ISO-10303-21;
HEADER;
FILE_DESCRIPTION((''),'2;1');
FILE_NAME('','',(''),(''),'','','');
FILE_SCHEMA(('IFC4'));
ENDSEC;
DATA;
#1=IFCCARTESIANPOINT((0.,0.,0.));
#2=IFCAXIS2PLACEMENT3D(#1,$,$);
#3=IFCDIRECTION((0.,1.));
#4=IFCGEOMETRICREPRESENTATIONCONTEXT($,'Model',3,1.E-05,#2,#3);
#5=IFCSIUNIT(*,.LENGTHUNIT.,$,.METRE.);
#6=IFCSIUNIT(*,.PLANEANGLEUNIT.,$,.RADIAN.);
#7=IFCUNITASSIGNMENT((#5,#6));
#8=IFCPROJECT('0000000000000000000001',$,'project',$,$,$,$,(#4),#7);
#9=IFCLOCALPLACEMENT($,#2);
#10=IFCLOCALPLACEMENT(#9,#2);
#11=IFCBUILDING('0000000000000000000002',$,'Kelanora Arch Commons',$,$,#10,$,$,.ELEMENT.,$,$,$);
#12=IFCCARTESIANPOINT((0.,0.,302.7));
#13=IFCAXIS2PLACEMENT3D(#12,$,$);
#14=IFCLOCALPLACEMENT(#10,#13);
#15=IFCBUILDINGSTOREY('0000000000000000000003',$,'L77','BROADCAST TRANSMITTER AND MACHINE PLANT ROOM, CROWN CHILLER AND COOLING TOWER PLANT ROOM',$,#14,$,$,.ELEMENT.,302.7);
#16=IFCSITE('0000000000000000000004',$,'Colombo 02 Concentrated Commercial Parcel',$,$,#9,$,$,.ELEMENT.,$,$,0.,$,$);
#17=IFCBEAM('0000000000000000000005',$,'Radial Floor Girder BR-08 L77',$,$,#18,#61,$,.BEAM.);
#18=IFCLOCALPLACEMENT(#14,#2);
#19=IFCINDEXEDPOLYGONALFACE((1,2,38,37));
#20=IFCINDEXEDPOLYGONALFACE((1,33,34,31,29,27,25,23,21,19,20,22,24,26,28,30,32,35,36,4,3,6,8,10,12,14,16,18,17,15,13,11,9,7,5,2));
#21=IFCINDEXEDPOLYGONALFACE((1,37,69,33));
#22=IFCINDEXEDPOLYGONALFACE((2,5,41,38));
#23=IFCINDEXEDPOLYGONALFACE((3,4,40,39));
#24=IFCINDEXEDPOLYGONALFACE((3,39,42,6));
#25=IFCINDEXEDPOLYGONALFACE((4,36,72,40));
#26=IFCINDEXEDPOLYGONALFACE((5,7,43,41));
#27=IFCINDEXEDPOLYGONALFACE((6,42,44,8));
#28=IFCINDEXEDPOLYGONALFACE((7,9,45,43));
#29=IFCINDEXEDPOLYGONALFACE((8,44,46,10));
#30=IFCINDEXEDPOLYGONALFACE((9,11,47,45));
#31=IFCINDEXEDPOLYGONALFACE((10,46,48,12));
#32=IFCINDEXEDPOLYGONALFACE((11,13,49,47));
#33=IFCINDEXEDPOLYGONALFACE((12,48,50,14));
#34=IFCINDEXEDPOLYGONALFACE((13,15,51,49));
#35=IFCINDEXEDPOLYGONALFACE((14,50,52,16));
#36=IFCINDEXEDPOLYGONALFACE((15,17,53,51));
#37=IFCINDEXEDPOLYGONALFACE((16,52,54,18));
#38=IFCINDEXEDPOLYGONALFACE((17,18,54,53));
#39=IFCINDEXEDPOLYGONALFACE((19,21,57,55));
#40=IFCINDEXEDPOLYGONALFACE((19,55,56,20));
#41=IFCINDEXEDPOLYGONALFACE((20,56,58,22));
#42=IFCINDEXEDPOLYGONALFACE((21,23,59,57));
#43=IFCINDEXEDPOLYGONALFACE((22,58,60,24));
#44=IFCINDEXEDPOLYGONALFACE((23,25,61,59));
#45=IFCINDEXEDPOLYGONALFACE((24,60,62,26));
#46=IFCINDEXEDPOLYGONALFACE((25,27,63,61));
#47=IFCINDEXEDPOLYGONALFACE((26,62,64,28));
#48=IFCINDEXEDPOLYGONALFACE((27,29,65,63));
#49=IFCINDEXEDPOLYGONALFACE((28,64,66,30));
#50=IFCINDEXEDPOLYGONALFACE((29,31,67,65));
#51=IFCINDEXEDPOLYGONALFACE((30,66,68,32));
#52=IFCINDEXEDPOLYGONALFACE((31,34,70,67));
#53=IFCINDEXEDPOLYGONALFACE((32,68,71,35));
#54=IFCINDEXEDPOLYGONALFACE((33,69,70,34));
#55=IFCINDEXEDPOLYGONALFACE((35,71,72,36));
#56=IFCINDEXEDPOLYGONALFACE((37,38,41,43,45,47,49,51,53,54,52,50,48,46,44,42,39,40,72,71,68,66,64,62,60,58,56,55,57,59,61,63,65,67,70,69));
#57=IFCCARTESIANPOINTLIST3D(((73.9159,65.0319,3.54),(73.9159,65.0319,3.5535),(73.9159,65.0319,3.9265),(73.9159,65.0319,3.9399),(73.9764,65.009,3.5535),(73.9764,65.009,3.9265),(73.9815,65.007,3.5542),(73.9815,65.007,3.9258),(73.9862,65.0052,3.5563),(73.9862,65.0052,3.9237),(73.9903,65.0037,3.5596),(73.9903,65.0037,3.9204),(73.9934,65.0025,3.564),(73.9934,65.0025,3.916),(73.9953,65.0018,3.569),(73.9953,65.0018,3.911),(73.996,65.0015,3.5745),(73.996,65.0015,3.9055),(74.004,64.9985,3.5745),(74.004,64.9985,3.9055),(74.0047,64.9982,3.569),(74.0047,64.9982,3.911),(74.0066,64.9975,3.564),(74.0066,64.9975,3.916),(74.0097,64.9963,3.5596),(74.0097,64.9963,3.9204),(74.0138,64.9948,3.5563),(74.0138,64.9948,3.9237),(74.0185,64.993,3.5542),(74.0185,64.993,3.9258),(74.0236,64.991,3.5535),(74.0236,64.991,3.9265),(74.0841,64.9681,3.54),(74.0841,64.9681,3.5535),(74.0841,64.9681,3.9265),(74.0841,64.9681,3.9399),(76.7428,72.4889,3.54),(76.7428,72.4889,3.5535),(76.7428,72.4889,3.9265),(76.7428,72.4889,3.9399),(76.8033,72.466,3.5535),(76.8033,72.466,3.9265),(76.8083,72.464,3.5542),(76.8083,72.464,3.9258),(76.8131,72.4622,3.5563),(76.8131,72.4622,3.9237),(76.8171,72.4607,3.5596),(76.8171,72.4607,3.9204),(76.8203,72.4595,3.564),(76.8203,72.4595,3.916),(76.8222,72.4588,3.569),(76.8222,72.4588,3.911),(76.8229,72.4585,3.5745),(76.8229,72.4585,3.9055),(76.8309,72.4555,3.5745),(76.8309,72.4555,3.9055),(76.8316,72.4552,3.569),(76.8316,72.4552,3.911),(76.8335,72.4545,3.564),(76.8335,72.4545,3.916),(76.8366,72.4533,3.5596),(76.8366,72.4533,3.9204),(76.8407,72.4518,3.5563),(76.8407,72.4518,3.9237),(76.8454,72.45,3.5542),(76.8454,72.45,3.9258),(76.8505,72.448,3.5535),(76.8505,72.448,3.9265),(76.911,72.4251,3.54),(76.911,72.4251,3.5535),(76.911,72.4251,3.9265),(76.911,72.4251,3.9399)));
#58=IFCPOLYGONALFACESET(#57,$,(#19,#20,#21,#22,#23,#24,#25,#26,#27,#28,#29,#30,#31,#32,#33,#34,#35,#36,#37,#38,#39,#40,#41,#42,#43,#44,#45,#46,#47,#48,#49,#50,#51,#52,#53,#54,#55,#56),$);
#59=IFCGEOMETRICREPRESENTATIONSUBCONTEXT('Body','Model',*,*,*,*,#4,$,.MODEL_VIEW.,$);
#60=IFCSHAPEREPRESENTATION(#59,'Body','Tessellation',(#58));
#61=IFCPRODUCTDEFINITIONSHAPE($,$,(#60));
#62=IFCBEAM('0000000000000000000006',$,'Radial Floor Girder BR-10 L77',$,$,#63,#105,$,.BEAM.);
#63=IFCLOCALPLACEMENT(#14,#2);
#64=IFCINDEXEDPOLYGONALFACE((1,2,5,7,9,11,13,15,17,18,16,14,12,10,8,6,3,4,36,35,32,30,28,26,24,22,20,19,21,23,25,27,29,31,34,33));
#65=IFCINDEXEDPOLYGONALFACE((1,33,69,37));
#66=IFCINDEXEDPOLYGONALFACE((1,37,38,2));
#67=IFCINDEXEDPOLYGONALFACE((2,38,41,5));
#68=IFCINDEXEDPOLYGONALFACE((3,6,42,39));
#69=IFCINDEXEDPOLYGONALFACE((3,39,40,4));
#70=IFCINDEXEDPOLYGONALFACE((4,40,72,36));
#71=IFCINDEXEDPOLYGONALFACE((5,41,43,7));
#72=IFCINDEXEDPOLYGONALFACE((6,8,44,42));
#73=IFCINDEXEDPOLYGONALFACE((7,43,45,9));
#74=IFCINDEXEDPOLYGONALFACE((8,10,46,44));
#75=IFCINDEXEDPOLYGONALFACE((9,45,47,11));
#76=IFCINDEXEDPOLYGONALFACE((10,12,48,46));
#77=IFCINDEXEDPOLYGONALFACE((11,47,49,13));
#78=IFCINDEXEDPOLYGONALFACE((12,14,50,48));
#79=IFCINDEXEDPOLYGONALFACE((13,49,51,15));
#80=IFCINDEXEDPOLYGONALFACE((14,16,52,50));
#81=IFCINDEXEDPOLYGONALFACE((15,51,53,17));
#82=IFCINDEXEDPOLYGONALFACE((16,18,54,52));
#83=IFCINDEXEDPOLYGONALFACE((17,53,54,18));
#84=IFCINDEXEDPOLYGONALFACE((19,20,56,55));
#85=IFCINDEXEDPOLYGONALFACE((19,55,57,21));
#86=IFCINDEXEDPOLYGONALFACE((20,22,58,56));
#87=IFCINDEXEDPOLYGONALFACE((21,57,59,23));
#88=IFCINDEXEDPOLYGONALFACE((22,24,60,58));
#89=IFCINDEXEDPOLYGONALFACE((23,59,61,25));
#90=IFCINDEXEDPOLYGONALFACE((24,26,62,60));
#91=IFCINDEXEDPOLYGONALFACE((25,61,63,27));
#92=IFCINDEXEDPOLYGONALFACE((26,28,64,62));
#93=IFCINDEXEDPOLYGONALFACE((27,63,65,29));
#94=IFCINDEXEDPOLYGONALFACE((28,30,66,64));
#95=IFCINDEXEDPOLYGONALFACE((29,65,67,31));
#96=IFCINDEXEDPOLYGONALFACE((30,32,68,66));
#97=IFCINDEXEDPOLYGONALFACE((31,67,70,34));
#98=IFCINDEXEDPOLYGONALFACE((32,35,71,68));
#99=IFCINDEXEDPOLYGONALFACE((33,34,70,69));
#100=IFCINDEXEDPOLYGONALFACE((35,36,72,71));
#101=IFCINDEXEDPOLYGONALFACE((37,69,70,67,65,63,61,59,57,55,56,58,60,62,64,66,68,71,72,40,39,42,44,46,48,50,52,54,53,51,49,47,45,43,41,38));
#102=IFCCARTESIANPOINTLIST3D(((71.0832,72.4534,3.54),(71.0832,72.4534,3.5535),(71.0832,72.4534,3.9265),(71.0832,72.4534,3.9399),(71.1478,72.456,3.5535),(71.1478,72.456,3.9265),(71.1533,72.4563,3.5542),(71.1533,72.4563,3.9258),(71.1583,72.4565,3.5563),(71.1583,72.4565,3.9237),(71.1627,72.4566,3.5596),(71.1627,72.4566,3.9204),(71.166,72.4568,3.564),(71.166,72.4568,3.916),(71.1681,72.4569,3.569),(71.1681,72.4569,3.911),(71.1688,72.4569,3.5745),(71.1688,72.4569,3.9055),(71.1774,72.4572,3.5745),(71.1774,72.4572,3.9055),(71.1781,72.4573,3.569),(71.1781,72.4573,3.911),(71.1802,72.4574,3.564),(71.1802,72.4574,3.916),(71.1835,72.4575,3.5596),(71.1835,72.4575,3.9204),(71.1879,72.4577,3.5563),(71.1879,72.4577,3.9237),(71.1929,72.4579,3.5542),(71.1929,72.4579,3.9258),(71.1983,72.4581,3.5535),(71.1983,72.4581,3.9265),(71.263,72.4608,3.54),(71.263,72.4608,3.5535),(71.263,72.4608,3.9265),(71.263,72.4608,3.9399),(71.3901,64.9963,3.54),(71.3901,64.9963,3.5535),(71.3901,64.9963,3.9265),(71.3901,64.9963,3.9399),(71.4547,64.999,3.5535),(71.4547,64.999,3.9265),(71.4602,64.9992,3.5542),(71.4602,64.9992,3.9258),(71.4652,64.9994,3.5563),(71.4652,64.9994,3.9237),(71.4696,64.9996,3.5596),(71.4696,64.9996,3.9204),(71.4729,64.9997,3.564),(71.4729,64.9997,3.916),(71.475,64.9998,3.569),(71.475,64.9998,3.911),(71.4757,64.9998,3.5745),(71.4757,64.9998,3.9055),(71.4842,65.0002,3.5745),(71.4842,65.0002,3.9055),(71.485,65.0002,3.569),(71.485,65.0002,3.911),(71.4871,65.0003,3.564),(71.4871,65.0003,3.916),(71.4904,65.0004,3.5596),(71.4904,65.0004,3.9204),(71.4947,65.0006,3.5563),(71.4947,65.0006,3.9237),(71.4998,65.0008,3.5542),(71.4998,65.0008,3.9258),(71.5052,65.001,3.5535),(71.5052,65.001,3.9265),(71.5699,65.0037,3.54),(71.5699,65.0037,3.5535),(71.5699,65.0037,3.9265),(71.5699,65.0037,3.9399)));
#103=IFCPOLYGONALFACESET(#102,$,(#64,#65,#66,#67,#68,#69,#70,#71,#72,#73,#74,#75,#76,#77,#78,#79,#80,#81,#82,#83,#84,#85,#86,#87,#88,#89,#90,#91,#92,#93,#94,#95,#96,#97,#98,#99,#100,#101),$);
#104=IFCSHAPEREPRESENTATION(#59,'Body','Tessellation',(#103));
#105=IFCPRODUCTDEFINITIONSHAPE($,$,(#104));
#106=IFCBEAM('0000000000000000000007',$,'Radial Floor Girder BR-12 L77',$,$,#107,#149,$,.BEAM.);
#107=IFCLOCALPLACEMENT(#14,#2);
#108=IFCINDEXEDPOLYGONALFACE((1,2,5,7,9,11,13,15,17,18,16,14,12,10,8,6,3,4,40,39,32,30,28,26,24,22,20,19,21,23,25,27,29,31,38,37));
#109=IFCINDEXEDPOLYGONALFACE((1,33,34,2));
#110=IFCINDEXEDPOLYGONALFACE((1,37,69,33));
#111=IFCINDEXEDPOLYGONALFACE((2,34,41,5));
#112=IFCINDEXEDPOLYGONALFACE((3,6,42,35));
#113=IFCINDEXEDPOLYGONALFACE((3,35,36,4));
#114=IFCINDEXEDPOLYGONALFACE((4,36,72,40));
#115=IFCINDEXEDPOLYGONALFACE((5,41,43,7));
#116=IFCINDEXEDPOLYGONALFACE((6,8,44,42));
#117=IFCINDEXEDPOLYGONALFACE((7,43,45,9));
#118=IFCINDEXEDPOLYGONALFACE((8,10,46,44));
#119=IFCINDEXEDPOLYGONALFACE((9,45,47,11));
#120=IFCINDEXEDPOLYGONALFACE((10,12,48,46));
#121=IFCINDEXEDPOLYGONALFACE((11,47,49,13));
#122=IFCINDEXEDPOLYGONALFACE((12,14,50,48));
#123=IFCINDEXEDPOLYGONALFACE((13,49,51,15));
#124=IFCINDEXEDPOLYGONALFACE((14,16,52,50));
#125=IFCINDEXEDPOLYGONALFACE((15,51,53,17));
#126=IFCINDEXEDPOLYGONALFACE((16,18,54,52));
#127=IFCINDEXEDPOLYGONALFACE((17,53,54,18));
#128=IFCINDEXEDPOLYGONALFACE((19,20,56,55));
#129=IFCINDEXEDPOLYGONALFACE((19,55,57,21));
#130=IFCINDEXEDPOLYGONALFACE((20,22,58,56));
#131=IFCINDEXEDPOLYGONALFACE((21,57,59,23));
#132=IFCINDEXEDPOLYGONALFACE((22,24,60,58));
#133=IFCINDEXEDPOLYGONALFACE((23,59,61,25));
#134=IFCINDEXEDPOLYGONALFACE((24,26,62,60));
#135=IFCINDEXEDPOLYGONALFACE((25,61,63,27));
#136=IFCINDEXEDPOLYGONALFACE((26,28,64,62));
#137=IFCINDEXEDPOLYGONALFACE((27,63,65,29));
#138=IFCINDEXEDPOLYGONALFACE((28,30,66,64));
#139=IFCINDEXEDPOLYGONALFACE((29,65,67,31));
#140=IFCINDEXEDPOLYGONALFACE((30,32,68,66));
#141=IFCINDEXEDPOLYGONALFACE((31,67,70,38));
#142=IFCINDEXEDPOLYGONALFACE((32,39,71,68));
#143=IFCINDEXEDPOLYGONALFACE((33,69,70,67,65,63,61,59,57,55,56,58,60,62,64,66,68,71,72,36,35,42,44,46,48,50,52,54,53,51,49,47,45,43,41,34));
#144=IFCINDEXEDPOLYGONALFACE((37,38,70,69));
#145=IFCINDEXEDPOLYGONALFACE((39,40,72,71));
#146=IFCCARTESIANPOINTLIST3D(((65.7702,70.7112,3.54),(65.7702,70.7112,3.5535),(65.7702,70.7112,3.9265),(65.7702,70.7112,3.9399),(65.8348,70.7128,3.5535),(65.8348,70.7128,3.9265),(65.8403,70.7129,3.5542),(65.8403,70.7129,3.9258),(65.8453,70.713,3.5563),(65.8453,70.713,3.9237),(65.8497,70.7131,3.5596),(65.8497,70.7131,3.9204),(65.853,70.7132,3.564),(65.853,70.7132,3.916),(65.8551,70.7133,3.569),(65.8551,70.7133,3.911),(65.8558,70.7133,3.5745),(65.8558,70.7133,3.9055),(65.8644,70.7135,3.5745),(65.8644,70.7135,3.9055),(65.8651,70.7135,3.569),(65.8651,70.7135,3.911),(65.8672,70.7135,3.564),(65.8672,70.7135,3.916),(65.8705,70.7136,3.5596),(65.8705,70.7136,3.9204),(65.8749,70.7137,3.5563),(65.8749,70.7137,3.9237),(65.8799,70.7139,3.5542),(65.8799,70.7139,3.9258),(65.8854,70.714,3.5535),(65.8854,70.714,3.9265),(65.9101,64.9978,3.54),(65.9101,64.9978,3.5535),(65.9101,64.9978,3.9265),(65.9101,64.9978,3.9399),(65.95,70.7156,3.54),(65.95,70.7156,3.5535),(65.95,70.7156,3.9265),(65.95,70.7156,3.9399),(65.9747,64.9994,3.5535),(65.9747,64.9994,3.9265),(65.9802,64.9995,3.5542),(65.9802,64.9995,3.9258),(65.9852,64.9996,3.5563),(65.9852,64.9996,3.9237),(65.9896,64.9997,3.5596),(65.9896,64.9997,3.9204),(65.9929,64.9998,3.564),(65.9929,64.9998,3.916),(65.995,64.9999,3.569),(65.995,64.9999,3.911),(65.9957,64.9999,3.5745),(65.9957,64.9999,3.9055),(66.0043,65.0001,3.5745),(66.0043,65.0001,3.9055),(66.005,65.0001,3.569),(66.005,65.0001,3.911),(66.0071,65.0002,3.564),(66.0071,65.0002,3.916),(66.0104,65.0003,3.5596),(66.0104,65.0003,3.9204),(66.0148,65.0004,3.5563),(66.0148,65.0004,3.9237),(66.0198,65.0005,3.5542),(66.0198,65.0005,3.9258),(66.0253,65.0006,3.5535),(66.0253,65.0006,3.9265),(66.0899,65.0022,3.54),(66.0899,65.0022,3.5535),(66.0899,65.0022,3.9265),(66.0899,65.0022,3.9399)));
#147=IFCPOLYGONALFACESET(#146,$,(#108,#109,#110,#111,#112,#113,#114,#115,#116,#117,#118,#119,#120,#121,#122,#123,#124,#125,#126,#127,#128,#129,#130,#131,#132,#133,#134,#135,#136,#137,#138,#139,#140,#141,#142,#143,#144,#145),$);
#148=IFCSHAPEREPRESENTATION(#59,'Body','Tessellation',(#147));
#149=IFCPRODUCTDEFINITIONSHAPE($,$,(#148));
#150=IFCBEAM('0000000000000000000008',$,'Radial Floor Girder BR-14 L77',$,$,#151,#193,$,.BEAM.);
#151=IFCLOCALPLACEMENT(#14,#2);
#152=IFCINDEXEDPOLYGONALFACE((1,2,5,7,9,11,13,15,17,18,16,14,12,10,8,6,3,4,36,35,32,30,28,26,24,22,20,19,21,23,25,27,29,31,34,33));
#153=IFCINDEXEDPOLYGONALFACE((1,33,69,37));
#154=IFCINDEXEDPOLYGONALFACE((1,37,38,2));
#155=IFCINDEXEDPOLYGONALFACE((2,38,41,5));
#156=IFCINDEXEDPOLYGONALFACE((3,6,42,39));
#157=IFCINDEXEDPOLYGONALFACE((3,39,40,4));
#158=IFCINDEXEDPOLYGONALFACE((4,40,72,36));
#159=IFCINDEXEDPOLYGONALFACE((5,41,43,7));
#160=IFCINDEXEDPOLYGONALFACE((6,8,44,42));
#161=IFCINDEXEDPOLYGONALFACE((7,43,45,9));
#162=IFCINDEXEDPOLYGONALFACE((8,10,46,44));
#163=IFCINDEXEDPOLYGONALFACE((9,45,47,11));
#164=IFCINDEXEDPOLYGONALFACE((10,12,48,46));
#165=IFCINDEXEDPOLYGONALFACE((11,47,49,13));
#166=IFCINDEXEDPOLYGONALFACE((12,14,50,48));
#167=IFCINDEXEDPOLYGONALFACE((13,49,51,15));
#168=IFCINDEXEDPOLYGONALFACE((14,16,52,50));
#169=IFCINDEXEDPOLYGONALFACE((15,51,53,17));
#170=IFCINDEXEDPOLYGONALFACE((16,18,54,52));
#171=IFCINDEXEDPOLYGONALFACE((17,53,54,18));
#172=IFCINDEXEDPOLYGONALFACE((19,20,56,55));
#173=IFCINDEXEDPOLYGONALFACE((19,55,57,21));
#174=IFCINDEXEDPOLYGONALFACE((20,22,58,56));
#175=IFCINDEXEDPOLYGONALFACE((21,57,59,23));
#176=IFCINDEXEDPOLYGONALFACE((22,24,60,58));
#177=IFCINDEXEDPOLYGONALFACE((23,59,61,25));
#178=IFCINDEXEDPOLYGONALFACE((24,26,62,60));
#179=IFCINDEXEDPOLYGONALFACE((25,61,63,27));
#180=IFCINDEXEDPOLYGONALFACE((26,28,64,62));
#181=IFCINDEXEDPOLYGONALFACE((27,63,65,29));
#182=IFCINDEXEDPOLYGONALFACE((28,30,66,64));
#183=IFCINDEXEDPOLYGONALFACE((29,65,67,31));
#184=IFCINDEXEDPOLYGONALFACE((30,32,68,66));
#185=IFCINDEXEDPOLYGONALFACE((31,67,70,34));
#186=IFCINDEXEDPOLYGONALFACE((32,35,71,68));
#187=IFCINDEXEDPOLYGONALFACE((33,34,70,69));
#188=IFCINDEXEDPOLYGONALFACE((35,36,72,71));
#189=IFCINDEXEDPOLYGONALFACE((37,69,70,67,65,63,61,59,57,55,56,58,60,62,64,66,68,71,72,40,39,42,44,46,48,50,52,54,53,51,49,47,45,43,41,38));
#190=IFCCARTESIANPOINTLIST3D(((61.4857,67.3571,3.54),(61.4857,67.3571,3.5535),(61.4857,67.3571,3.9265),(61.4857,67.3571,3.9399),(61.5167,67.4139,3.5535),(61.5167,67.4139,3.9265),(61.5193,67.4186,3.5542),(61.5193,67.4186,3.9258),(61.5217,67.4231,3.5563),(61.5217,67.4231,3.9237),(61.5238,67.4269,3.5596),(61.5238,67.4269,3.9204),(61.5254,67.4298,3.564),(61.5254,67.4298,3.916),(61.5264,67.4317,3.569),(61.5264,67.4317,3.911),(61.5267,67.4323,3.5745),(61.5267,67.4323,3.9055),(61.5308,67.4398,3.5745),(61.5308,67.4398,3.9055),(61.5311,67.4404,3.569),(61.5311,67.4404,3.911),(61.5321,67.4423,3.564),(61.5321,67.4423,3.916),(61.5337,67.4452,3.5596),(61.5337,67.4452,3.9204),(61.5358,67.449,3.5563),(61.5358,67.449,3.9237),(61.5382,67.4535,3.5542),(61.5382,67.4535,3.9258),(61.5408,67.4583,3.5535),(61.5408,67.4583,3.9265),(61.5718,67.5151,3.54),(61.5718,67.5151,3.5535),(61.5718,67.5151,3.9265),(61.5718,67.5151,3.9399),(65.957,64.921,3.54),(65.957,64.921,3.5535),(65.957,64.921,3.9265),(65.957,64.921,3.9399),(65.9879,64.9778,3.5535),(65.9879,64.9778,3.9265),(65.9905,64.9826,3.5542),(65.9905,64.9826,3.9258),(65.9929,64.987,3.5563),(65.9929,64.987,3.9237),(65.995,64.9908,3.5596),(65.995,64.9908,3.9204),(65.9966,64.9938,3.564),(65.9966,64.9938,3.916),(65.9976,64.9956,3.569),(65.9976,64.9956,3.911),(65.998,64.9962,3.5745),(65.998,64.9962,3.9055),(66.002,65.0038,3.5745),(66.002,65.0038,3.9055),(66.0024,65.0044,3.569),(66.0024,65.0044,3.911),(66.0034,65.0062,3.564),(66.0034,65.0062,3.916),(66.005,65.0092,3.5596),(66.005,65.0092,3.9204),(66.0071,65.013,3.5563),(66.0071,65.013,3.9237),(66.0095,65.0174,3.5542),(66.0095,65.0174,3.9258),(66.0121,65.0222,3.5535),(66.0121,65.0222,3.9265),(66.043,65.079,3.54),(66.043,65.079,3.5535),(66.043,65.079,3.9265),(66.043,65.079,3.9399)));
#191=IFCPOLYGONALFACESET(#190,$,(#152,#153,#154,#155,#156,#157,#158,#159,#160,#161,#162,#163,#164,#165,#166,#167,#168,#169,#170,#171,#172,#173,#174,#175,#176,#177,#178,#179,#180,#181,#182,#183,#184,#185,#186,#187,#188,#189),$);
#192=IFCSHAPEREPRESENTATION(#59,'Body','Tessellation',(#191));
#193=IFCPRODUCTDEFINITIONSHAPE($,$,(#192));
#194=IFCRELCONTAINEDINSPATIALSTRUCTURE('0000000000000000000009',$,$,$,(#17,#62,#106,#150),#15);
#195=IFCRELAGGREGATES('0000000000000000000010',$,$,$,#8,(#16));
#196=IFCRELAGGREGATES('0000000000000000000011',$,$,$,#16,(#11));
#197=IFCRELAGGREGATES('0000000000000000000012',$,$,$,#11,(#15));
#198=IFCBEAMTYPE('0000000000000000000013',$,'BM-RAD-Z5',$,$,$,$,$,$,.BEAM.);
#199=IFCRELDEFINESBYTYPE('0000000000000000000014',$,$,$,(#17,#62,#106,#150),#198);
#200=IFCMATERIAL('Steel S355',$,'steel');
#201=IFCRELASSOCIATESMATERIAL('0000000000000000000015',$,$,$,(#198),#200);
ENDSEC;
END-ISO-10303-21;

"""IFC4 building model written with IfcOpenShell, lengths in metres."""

from ifc_helpers import new_model, si_unit, direction, frame, origin, origin_2d, place, context, subcontext, project, spatial, i_section, extrude, material, material_profile, profile_set, type_object, element, save


model = new_model("IFC4")

# Units and contexts
model_context = context("Model", 3, precision=1e-05, world=origin(), true_north=direction((0.0, 1.0)))
body_context = subcontext(model_context, "Body", "Model", "MODEL_VIEW")
ifc_project = project(units=[si_unit("LENGTHUNIT", "METRE"), si_unit("PLANEANGLEUNIT", "RADIAN")], contexts=[model_context])

# Site, building, storey
site_placement = place(None, origin())
site = spatial("IfcSite", under=ifc_project, at=site_placement, Name="Colombo 02 Concentrated Commercial Parcel", CompositionType="ELEMENT", RefElevation=0.0)
building_placement = place(site_placement, origin())
building = spatial("IfcBuilding", under=site, at=building_placement, Name="Kelanora Arch Commons", CompositionType="ELEMENT")
storey_placement = place(building_placement, frame((0.0, 0.0, 302.7)))
storey = spatial("IfcBuildingStorey", under=building, at=storey_placement, Name="L77", Description="BROADCAST TRANSMITTER AND MACHINE PLANT ROOM, CROWN CHILLER AND COOLING TOWER PLANT ROOM", CompositionType="ELEMENT", Elevation=302.7)

# Beams
ifc_material_1 = material(Name="Steel S355", Category="steel")
ifc_material_profile_1 = material_profile(ifc_material_1, i_section(OverallWidth=0.1799, OverallDepth=0.3999, WebThickness=0.0085, FlangeThickness=0.0134, FilletRadius=0.021, at=origin_2d()), Name="IPE400")
ifc_profile_set_1 = profile_set([ifc_material_profile_1], Name="Steel S355")
beam_type_1 = type_object("IfcBeamType", Name="BM-RAD-Z5", PredefinedType="BEAM", material=ifc_profile_set_1)
beam_1_placement = place(storey_placement, frame((74.0, 65.0, 3.74), z_axis=(0.354476, 0.935065, 0.0), x_axis=(-0.935065, 0.354476, 0.0)))
element("IfcBeam", 1, at=beam_1_placement, inside=storey, type_object=beam_type_1, Name="Radial Floor Girder BR-08 L77", PredefinedType="BEAM", context=body_context, shape_type="SweptSolid", body=[
    extrude(i_section(OverallWidth=0.1799, OverallDepth=0.3999, WebThickness=0.0085, FlangeThickness=0.0134, FilletRadius=0.021, at=origin_2d()), origin(), (0.0, 0.0, 1.0), 7.9749),
])
beam_2_placement = place(storey_placement, frame((71.48, 65.0, 3.74), z_axis=(-0.041119, 0.999154, 0.0), x_axis=(-0.999154, -0.041119, 0.0)))
element("IfcBeam", 2, at=beam_2_placement, inside=storey, type_object=beam_type_1, Name="Radial Floor Girder BR-10 L77", PredefinedType="BEAM", context=body_context, shape_type="SweptSolid", body=[
    extrude(i_section(OverallWidth=0.1799, OverallDepth=0.3999, WebThickness=0.0085, FlangeThickness=0.0134, FilletRadius=0.021, at=origin_2d()), origin(), (0.0, 0.0, 1.0), 7.4634),
])
beam_3_placement = place(storey_placement, frame((66.0, 65.0, 3.74), z_axis=(-0.024478, 0.9997, 0.0), x_axis=(-0.9997, -0.024478, 0.0)))
element("IfcBeam", 3, at=beam_3_placement, inside=storey, type_object=beam_type_1, Name="Radial Floor Girder BR-12 L77", PredefinedType="BEAM", context=body_context, shape_type="SweptSolid", body=[
    extrude(i_section(OverallWidth=0.1799, OverallDepth=0.3999, WebThickness=0.0085, FlangeThickness=0.0134, FilletRadius=0.021, at=origin_2d()), origin(), (0.0, 0.0, 1.0), 5.7151),
])
beam_4_placement = place(storey_placement, frame((66.0, 65.0, 3.74), z_axis=(-0.878126, 0.478429, 0.0), x_axis=(-0.478429, -0.878126, 0.0)))
element("IfcBeam", 4, at=beam_4_placement, inside=storey, type_object=beam_type_1, Name="Radial Floor Girder BR-14 L77", PredefinedType="BEAM", context=body_context, shape_type="SweptSolid", body=[
    extrude(i_section(OverallWidth=0.1799, OverallDepth=0.3999, WebThickness=0.0085, FlangeThickness=0.0134, FilletRadius=0.021, at=origin_2d()), origin(), (0.0, 0.0, 1.0), 5.0918),
])

save(model, "model.ifc")
